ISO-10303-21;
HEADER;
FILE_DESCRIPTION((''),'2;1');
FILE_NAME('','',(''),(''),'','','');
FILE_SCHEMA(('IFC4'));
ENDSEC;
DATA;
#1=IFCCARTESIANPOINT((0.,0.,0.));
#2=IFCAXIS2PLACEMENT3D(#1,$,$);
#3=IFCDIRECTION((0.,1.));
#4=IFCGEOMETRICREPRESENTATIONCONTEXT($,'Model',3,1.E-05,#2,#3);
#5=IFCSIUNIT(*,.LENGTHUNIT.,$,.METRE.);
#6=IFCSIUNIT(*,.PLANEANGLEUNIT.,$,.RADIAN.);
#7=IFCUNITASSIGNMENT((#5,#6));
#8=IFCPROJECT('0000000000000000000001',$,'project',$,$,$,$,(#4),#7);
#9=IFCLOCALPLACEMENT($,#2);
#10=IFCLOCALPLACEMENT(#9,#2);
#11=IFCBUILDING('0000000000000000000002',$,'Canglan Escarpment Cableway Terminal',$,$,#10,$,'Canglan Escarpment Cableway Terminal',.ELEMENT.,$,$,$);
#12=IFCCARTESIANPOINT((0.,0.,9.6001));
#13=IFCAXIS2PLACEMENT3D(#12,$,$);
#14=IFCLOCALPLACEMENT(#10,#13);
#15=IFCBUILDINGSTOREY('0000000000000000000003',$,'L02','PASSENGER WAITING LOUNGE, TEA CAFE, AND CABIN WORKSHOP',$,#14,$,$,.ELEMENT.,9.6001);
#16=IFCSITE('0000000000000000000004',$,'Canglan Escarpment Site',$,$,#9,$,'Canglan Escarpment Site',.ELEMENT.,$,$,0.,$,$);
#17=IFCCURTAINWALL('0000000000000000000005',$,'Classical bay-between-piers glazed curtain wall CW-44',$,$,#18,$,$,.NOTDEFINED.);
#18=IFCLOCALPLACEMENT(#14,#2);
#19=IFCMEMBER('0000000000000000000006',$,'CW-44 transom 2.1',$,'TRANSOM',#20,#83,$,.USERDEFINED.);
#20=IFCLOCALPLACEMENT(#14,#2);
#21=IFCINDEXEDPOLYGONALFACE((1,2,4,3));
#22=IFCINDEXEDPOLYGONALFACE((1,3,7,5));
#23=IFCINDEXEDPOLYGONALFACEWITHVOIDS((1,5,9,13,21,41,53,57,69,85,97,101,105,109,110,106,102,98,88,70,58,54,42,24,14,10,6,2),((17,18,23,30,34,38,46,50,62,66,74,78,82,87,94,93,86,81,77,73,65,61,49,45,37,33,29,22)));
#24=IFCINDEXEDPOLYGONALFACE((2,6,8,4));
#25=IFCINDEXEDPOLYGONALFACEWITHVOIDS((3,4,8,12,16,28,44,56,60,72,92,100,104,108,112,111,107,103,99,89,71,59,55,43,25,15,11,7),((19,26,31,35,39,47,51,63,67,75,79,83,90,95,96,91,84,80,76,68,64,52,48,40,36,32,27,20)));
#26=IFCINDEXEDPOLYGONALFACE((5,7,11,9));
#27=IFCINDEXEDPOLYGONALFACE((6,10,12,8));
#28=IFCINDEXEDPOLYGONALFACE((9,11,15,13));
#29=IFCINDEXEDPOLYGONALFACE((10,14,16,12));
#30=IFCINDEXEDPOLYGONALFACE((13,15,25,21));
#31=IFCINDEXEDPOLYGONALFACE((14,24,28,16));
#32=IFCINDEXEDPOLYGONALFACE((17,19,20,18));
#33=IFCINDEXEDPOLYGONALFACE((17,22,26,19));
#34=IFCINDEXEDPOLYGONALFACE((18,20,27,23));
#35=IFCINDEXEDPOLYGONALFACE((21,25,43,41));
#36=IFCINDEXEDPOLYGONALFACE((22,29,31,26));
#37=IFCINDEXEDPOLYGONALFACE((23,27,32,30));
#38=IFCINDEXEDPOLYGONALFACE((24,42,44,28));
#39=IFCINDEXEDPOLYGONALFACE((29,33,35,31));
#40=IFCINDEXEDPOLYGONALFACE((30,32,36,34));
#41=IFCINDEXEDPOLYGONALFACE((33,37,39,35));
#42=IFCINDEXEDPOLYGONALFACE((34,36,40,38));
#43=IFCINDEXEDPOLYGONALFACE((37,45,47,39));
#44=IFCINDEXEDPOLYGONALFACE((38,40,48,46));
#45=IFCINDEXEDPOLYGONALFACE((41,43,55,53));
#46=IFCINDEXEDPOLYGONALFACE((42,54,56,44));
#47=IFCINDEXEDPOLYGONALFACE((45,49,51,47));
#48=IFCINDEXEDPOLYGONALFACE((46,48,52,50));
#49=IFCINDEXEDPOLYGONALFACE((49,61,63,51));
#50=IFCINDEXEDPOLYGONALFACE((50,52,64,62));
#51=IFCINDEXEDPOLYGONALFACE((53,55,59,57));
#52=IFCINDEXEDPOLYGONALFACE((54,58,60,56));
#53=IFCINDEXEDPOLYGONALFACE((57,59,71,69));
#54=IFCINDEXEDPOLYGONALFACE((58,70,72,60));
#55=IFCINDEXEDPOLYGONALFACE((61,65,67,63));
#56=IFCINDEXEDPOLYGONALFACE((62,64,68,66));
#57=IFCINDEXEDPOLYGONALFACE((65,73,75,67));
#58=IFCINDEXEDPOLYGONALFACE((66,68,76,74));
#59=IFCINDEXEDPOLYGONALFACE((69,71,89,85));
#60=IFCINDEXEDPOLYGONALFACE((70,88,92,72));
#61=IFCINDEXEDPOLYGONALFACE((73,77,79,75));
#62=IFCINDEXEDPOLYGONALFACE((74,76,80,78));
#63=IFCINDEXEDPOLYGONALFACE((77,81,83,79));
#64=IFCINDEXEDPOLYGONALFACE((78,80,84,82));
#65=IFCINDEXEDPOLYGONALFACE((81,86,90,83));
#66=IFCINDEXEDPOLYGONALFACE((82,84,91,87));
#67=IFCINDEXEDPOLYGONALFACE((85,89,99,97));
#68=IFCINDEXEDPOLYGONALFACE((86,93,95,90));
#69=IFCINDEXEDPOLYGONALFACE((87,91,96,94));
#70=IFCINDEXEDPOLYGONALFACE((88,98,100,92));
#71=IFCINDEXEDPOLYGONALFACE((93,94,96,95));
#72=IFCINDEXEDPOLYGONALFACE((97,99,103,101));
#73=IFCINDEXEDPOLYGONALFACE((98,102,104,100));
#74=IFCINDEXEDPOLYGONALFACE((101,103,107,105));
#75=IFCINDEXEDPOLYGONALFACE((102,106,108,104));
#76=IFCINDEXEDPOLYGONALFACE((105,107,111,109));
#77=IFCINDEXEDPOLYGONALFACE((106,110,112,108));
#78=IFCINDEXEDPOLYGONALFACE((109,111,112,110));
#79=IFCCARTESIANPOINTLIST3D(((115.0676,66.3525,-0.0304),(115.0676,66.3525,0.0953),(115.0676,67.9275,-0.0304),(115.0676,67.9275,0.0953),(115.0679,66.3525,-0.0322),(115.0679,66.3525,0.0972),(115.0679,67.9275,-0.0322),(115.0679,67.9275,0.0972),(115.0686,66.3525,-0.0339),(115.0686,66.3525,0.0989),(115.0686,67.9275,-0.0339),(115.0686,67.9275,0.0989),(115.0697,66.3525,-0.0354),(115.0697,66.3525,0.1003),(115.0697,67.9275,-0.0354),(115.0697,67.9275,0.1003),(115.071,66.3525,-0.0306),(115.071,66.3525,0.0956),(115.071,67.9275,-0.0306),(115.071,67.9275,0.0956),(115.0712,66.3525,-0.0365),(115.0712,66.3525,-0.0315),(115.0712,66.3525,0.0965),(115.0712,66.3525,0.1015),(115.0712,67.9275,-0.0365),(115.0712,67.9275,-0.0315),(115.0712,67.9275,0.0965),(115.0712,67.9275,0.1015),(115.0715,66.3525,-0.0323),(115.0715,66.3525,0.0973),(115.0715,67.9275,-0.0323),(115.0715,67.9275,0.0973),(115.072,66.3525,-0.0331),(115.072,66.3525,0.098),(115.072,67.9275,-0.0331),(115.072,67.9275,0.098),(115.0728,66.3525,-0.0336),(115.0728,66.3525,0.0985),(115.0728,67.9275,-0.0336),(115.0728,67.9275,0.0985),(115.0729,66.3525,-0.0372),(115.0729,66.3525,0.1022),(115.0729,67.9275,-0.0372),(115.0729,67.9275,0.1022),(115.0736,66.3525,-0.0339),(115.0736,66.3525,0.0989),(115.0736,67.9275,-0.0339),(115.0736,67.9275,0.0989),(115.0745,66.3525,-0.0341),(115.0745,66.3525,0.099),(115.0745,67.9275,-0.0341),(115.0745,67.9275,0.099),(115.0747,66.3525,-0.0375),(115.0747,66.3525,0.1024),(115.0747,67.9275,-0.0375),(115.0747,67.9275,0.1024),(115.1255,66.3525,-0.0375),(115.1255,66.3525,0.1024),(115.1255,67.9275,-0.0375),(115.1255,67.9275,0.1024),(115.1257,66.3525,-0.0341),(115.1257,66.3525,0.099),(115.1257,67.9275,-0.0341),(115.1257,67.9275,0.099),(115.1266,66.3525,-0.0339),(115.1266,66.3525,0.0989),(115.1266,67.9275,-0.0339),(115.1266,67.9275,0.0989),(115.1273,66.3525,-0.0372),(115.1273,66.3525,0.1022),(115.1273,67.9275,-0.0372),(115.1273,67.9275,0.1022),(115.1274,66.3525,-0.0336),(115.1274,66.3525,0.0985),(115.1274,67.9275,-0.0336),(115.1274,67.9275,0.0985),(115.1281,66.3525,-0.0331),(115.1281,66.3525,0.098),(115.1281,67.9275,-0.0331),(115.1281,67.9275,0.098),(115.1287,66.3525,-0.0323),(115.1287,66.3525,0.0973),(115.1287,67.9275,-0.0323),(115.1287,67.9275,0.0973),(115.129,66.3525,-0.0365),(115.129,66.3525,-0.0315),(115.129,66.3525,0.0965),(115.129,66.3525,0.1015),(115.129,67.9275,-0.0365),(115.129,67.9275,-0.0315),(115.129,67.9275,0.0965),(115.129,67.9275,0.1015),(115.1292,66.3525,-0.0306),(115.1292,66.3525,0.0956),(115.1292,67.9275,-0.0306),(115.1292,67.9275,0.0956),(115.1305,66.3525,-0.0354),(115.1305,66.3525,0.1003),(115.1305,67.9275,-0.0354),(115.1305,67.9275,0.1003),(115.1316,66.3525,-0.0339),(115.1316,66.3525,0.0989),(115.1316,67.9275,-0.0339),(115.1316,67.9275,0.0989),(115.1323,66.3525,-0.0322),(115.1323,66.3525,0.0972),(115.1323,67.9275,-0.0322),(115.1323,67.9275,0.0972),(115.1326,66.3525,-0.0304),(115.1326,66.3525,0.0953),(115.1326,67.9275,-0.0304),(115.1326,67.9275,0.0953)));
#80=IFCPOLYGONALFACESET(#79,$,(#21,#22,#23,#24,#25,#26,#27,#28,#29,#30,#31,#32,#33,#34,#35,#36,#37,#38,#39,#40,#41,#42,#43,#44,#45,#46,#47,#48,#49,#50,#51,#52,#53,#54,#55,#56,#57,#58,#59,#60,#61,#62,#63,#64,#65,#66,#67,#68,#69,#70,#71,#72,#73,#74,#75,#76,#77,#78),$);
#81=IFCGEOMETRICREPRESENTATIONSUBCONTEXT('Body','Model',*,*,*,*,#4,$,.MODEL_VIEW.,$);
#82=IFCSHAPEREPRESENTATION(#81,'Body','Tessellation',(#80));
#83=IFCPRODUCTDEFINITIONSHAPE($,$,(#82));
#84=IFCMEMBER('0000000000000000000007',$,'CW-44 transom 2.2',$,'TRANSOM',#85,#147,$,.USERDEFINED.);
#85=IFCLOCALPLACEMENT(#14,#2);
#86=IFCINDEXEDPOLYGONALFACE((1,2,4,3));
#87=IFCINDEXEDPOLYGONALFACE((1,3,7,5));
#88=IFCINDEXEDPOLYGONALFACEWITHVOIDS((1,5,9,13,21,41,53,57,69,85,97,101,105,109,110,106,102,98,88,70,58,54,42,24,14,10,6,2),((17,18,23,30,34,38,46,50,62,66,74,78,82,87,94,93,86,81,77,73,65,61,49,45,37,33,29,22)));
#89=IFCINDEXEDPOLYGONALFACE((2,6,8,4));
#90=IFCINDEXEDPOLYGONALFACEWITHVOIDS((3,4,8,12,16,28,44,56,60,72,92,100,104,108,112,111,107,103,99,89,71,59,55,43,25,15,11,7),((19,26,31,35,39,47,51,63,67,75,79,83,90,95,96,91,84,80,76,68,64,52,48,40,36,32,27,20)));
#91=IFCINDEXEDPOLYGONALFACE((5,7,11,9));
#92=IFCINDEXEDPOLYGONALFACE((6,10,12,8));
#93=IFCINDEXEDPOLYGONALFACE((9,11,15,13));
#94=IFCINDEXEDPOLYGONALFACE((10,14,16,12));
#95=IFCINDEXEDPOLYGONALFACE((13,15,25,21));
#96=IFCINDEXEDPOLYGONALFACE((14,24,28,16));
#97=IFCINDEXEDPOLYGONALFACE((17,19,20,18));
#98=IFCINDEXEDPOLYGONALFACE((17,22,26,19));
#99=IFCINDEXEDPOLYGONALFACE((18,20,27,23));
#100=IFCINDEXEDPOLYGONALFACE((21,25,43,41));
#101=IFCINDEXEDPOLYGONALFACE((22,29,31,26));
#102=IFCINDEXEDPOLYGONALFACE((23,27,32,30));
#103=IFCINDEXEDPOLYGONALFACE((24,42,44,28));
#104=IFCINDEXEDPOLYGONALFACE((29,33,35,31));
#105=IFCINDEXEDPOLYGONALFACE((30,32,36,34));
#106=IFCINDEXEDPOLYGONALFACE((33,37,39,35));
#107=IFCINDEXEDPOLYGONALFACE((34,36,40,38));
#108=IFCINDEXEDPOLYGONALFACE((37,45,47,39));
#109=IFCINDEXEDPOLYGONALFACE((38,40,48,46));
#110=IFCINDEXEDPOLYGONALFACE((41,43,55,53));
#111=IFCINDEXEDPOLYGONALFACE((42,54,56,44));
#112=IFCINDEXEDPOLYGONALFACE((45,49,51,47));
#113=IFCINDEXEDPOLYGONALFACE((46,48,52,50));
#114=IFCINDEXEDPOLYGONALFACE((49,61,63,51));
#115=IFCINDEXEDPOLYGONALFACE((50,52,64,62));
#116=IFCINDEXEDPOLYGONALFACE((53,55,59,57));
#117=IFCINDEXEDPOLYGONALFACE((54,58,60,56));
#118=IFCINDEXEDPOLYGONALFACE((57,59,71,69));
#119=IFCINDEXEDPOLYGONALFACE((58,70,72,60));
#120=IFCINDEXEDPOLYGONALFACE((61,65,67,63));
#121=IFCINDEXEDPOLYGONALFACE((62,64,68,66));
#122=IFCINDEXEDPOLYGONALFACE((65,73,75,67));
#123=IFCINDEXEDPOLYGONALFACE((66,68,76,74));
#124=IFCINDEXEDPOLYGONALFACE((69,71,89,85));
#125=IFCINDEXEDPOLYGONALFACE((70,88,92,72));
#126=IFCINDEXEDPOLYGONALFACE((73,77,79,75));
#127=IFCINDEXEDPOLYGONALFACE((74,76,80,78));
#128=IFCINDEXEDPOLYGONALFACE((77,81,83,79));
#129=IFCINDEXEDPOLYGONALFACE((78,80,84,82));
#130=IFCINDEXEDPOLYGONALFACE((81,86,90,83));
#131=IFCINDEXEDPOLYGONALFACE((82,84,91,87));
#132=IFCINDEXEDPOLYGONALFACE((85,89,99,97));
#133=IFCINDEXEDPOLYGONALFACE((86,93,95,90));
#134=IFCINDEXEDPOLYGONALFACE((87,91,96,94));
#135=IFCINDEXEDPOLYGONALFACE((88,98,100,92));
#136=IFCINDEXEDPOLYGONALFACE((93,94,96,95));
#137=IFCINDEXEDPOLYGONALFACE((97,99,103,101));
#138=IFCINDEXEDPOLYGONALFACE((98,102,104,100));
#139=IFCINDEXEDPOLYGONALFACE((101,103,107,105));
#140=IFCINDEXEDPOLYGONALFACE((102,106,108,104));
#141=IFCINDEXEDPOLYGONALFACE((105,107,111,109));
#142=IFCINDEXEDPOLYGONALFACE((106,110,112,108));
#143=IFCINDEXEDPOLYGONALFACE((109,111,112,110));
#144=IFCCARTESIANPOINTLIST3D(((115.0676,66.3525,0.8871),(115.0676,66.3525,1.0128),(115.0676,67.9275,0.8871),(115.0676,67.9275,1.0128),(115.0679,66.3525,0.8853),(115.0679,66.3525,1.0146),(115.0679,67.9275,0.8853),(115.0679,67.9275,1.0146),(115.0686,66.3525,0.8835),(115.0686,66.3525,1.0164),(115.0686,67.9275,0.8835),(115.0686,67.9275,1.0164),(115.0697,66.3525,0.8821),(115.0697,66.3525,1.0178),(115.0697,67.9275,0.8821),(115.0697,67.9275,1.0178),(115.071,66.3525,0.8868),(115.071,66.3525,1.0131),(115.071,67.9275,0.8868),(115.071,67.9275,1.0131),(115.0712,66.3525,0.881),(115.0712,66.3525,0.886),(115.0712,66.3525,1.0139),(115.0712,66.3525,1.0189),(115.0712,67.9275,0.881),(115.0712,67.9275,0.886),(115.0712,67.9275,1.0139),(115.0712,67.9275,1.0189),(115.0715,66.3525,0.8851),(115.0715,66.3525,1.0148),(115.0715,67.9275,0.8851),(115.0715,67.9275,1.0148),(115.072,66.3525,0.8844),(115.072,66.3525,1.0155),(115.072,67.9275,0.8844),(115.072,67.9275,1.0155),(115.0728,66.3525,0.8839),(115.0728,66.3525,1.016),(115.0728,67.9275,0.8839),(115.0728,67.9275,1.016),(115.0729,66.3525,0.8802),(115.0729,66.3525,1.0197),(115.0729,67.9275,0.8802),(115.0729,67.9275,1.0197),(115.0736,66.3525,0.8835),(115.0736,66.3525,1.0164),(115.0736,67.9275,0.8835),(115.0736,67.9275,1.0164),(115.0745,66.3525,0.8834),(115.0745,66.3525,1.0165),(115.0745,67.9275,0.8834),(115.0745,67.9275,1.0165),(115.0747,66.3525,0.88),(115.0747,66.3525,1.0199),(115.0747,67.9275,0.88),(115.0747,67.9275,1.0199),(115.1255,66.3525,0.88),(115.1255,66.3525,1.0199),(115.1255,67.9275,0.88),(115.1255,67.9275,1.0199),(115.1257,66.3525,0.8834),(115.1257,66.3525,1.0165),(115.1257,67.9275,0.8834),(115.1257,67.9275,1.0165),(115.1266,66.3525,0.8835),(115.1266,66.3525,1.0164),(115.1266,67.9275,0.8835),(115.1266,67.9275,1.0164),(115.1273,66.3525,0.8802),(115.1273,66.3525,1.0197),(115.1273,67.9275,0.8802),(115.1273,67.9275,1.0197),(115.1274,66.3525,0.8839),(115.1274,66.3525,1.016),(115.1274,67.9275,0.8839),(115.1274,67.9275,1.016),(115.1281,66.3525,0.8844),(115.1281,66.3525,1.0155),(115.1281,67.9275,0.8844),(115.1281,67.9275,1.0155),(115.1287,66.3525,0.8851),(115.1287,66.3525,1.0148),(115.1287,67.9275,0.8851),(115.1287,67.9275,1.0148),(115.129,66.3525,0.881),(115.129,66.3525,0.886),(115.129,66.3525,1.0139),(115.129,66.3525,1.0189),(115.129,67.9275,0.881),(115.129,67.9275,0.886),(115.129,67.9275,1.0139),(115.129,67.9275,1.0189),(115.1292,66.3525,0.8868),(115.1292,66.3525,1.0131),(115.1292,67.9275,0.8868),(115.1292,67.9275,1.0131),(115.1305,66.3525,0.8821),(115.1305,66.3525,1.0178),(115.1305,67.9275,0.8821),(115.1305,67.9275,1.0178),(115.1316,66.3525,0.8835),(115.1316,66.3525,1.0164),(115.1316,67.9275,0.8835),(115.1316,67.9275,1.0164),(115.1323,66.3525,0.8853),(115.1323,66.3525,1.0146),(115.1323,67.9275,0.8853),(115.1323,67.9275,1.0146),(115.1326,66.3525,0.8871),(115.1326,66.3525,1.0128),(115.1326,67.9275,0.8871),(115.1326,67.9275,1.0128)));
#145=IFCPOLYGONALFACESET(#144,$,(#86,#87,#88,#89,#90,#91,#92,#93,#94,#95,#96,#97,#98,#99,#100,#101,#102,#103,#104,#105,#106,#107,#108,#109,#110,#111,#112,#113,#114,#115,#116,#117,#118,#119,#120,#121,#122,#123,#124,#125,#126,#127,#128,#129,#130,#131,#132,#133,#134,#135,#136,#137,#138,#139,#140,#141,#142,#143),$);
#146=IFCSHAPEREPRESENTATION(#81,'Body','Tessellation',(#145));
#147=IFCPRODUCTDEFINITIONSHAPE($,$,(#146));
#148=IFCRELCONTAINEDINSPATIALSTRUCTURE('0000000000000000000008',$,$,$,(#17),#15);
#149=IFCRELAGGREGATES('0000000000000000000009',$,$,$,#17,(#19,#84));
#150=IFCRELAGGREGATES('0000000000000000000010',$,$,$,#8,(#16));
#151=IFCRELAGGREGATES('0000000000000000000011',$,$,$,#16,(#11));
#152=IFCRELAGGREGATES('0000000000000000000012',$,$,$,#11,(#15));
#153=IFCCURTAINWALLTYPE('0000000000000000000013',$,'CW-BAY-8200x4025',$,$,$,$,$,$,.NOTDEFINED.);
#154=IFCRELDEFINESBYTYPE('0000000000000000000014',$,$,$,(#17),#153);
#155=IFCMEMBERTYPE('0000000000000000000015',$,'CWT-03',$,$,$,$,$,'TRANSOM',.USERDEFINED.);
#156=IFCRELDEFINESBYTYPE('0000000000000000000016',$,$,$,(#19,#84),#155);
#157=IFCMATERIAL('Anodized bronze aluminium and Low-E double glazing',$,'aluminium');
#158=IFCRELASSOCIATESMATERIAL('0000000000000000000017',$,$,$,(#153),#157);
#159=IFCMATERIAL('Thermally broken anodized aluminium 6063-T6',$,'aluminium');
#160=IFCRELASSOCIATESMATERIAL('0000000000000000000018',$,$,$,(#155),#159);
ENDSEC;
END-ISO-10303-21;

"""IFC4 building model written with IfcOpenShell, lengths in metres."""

from ifc_helpers import new_model, si_unit, direction, frame, origin, origin_2d, place, context, subcontext, project, spatial, hollow_rectangle, extrude, material, material_profile, profile_set, type_object, element, aggregate, save


model = new_model("IFC4")

# Units and contexts
model_context = context("Model", 3, precision=1e-05, world=origin(), true_north=direction((0.0, 1.0)))
body_context = subcontext(model_context, "Body", "Model", "MODEL_VIEW")
ifc_project = project(units=[si_unit("LENGTHUNIT", "METRE"), si_unit("PLANEANGLEUNIT", "RADIAN")], contexts=[model_context])

# Site, building, storey
site_placement = place(None, origin())
site = spatial("IfcSite", under=ifc_project, at=site_placement, Name="Canglan Escarpment Site", LongName="Canglan Escarpment Site", CompositionType="ELEMENT", RefElevation=0.0)
building_placement = place(site_placement, origin())
building = spatial("IfcBuilding", under=site, at=building_placement, Name="Canglan Escarpment Cableway Terminal", LongName="Canglan Escarpment Cableway Terminal", CompositionType="ELEMENT")
storey_placement = place(building_placement, frame((0.0, 0.0, 9.6001)))
storey = spatial("IfcBuildingStorey", under=building, at=storey_placement, Name="L02", Description="PASSENGER WAITING LOUNGE, TEA CAFE, AND CABIN WORKSHOP", CompositionType="ELEMENT", Elevation=9.6001)

# Curtain wall, members
ifc_material_1 = material(Name="Anodized bronze aluminium and Low-E double glazing", Category="aluminium")
curtain_wall_type = type_object("IfcCurtainWallType", Name="CW-BAY-8200x4025", PredefinedType="NOTDEFINED", material=ifc_material_1)
curtain_wall_placement = place(storey_placement, origin())
curtain_wall = element("IfcCurtainWall", 1, at=curtain_wall_placement, inside=storey, type_object=curtain_wall_type, Name="Classical bay-between-piers glazed curtain wall CW-44", PredefinedType="NOTDEFINED")
ifc_material_2 = material(Name="Thermally broken anodized aluminium 6063-T6", Category="aluminium")
ifc_material_profile_1 = material_profile(ifc_material_2, hollow_rectangle(XDim=0.0649, YDim=0.1399, WallThickness=0.0034, InnerFilletRadius=0.0034, OuterFilletRadius=0.0071, at=origin_2d()), Name="ALU-TRAN 65x140x3.5")
ifc_profile_set_1 = profile_set([ifc_material_profile_1], Name="Thermally broken anodized aluminium 6063-T6")
member_type_1 = type_object("IfcMemberType", Name="CWT-03", ElementType="TRANSOM", PredefinedType="USERDEFINED", material=ifc_profile_set_1)
member_1_placement = place(storey_placement, frame((115.1001, 67.9275, 0.0325), z_axis=(0.0, -1.0, 0.0), x_axis=(1.0, 0.0, 0.0)))
member_1 = element("IfcMember", 2, at=member_1_placement, type_object=member_type_1, Name="CW-44 transom 2.1", ObjectType="TRANSOM", PredefinedType="USERDEFINED", context=body_context, shape_type="SweptSolid", body=[
    extrude(hollow_rectangle(XDim=0.0649, YDim=0.1399, WallThickness=0.0034, InnerFilletRadius=0.0034, OuterFilletRadius=0.0071, at=origin_2d()), origin(), (0.0, 0.0, 1.0), 1.575),
])
member_2_placement = place(storey_placement, frame((115.1001, 67.9275, 0.95), z_axis=(0.0, -1.0, 0.0), x_axis=(1.0, 0.0, 0.0)))
member_2 = element("IfcMember", 3, at=member_2_placement, type_object=member_type_1, Name="CW-44 transom 2.2", ObjectType="TRANSOM", PredefinedType="USERDEFINED", context=body_context, shape_type="SweptSolid", body=[
    extrude(hollow_rectangle(XDim=0.0649, YDim=0.1399, WallThickness=0.0034, InnerFilletRadius=0.0034, OuterFilletRadius=0.0071, at=origin_2d()), origin(), (0.0, 0.0, 1.0), 1.575),
])

aggregate(curtain_wall, [member_1, member_2])

save(model, "model.ifc")
